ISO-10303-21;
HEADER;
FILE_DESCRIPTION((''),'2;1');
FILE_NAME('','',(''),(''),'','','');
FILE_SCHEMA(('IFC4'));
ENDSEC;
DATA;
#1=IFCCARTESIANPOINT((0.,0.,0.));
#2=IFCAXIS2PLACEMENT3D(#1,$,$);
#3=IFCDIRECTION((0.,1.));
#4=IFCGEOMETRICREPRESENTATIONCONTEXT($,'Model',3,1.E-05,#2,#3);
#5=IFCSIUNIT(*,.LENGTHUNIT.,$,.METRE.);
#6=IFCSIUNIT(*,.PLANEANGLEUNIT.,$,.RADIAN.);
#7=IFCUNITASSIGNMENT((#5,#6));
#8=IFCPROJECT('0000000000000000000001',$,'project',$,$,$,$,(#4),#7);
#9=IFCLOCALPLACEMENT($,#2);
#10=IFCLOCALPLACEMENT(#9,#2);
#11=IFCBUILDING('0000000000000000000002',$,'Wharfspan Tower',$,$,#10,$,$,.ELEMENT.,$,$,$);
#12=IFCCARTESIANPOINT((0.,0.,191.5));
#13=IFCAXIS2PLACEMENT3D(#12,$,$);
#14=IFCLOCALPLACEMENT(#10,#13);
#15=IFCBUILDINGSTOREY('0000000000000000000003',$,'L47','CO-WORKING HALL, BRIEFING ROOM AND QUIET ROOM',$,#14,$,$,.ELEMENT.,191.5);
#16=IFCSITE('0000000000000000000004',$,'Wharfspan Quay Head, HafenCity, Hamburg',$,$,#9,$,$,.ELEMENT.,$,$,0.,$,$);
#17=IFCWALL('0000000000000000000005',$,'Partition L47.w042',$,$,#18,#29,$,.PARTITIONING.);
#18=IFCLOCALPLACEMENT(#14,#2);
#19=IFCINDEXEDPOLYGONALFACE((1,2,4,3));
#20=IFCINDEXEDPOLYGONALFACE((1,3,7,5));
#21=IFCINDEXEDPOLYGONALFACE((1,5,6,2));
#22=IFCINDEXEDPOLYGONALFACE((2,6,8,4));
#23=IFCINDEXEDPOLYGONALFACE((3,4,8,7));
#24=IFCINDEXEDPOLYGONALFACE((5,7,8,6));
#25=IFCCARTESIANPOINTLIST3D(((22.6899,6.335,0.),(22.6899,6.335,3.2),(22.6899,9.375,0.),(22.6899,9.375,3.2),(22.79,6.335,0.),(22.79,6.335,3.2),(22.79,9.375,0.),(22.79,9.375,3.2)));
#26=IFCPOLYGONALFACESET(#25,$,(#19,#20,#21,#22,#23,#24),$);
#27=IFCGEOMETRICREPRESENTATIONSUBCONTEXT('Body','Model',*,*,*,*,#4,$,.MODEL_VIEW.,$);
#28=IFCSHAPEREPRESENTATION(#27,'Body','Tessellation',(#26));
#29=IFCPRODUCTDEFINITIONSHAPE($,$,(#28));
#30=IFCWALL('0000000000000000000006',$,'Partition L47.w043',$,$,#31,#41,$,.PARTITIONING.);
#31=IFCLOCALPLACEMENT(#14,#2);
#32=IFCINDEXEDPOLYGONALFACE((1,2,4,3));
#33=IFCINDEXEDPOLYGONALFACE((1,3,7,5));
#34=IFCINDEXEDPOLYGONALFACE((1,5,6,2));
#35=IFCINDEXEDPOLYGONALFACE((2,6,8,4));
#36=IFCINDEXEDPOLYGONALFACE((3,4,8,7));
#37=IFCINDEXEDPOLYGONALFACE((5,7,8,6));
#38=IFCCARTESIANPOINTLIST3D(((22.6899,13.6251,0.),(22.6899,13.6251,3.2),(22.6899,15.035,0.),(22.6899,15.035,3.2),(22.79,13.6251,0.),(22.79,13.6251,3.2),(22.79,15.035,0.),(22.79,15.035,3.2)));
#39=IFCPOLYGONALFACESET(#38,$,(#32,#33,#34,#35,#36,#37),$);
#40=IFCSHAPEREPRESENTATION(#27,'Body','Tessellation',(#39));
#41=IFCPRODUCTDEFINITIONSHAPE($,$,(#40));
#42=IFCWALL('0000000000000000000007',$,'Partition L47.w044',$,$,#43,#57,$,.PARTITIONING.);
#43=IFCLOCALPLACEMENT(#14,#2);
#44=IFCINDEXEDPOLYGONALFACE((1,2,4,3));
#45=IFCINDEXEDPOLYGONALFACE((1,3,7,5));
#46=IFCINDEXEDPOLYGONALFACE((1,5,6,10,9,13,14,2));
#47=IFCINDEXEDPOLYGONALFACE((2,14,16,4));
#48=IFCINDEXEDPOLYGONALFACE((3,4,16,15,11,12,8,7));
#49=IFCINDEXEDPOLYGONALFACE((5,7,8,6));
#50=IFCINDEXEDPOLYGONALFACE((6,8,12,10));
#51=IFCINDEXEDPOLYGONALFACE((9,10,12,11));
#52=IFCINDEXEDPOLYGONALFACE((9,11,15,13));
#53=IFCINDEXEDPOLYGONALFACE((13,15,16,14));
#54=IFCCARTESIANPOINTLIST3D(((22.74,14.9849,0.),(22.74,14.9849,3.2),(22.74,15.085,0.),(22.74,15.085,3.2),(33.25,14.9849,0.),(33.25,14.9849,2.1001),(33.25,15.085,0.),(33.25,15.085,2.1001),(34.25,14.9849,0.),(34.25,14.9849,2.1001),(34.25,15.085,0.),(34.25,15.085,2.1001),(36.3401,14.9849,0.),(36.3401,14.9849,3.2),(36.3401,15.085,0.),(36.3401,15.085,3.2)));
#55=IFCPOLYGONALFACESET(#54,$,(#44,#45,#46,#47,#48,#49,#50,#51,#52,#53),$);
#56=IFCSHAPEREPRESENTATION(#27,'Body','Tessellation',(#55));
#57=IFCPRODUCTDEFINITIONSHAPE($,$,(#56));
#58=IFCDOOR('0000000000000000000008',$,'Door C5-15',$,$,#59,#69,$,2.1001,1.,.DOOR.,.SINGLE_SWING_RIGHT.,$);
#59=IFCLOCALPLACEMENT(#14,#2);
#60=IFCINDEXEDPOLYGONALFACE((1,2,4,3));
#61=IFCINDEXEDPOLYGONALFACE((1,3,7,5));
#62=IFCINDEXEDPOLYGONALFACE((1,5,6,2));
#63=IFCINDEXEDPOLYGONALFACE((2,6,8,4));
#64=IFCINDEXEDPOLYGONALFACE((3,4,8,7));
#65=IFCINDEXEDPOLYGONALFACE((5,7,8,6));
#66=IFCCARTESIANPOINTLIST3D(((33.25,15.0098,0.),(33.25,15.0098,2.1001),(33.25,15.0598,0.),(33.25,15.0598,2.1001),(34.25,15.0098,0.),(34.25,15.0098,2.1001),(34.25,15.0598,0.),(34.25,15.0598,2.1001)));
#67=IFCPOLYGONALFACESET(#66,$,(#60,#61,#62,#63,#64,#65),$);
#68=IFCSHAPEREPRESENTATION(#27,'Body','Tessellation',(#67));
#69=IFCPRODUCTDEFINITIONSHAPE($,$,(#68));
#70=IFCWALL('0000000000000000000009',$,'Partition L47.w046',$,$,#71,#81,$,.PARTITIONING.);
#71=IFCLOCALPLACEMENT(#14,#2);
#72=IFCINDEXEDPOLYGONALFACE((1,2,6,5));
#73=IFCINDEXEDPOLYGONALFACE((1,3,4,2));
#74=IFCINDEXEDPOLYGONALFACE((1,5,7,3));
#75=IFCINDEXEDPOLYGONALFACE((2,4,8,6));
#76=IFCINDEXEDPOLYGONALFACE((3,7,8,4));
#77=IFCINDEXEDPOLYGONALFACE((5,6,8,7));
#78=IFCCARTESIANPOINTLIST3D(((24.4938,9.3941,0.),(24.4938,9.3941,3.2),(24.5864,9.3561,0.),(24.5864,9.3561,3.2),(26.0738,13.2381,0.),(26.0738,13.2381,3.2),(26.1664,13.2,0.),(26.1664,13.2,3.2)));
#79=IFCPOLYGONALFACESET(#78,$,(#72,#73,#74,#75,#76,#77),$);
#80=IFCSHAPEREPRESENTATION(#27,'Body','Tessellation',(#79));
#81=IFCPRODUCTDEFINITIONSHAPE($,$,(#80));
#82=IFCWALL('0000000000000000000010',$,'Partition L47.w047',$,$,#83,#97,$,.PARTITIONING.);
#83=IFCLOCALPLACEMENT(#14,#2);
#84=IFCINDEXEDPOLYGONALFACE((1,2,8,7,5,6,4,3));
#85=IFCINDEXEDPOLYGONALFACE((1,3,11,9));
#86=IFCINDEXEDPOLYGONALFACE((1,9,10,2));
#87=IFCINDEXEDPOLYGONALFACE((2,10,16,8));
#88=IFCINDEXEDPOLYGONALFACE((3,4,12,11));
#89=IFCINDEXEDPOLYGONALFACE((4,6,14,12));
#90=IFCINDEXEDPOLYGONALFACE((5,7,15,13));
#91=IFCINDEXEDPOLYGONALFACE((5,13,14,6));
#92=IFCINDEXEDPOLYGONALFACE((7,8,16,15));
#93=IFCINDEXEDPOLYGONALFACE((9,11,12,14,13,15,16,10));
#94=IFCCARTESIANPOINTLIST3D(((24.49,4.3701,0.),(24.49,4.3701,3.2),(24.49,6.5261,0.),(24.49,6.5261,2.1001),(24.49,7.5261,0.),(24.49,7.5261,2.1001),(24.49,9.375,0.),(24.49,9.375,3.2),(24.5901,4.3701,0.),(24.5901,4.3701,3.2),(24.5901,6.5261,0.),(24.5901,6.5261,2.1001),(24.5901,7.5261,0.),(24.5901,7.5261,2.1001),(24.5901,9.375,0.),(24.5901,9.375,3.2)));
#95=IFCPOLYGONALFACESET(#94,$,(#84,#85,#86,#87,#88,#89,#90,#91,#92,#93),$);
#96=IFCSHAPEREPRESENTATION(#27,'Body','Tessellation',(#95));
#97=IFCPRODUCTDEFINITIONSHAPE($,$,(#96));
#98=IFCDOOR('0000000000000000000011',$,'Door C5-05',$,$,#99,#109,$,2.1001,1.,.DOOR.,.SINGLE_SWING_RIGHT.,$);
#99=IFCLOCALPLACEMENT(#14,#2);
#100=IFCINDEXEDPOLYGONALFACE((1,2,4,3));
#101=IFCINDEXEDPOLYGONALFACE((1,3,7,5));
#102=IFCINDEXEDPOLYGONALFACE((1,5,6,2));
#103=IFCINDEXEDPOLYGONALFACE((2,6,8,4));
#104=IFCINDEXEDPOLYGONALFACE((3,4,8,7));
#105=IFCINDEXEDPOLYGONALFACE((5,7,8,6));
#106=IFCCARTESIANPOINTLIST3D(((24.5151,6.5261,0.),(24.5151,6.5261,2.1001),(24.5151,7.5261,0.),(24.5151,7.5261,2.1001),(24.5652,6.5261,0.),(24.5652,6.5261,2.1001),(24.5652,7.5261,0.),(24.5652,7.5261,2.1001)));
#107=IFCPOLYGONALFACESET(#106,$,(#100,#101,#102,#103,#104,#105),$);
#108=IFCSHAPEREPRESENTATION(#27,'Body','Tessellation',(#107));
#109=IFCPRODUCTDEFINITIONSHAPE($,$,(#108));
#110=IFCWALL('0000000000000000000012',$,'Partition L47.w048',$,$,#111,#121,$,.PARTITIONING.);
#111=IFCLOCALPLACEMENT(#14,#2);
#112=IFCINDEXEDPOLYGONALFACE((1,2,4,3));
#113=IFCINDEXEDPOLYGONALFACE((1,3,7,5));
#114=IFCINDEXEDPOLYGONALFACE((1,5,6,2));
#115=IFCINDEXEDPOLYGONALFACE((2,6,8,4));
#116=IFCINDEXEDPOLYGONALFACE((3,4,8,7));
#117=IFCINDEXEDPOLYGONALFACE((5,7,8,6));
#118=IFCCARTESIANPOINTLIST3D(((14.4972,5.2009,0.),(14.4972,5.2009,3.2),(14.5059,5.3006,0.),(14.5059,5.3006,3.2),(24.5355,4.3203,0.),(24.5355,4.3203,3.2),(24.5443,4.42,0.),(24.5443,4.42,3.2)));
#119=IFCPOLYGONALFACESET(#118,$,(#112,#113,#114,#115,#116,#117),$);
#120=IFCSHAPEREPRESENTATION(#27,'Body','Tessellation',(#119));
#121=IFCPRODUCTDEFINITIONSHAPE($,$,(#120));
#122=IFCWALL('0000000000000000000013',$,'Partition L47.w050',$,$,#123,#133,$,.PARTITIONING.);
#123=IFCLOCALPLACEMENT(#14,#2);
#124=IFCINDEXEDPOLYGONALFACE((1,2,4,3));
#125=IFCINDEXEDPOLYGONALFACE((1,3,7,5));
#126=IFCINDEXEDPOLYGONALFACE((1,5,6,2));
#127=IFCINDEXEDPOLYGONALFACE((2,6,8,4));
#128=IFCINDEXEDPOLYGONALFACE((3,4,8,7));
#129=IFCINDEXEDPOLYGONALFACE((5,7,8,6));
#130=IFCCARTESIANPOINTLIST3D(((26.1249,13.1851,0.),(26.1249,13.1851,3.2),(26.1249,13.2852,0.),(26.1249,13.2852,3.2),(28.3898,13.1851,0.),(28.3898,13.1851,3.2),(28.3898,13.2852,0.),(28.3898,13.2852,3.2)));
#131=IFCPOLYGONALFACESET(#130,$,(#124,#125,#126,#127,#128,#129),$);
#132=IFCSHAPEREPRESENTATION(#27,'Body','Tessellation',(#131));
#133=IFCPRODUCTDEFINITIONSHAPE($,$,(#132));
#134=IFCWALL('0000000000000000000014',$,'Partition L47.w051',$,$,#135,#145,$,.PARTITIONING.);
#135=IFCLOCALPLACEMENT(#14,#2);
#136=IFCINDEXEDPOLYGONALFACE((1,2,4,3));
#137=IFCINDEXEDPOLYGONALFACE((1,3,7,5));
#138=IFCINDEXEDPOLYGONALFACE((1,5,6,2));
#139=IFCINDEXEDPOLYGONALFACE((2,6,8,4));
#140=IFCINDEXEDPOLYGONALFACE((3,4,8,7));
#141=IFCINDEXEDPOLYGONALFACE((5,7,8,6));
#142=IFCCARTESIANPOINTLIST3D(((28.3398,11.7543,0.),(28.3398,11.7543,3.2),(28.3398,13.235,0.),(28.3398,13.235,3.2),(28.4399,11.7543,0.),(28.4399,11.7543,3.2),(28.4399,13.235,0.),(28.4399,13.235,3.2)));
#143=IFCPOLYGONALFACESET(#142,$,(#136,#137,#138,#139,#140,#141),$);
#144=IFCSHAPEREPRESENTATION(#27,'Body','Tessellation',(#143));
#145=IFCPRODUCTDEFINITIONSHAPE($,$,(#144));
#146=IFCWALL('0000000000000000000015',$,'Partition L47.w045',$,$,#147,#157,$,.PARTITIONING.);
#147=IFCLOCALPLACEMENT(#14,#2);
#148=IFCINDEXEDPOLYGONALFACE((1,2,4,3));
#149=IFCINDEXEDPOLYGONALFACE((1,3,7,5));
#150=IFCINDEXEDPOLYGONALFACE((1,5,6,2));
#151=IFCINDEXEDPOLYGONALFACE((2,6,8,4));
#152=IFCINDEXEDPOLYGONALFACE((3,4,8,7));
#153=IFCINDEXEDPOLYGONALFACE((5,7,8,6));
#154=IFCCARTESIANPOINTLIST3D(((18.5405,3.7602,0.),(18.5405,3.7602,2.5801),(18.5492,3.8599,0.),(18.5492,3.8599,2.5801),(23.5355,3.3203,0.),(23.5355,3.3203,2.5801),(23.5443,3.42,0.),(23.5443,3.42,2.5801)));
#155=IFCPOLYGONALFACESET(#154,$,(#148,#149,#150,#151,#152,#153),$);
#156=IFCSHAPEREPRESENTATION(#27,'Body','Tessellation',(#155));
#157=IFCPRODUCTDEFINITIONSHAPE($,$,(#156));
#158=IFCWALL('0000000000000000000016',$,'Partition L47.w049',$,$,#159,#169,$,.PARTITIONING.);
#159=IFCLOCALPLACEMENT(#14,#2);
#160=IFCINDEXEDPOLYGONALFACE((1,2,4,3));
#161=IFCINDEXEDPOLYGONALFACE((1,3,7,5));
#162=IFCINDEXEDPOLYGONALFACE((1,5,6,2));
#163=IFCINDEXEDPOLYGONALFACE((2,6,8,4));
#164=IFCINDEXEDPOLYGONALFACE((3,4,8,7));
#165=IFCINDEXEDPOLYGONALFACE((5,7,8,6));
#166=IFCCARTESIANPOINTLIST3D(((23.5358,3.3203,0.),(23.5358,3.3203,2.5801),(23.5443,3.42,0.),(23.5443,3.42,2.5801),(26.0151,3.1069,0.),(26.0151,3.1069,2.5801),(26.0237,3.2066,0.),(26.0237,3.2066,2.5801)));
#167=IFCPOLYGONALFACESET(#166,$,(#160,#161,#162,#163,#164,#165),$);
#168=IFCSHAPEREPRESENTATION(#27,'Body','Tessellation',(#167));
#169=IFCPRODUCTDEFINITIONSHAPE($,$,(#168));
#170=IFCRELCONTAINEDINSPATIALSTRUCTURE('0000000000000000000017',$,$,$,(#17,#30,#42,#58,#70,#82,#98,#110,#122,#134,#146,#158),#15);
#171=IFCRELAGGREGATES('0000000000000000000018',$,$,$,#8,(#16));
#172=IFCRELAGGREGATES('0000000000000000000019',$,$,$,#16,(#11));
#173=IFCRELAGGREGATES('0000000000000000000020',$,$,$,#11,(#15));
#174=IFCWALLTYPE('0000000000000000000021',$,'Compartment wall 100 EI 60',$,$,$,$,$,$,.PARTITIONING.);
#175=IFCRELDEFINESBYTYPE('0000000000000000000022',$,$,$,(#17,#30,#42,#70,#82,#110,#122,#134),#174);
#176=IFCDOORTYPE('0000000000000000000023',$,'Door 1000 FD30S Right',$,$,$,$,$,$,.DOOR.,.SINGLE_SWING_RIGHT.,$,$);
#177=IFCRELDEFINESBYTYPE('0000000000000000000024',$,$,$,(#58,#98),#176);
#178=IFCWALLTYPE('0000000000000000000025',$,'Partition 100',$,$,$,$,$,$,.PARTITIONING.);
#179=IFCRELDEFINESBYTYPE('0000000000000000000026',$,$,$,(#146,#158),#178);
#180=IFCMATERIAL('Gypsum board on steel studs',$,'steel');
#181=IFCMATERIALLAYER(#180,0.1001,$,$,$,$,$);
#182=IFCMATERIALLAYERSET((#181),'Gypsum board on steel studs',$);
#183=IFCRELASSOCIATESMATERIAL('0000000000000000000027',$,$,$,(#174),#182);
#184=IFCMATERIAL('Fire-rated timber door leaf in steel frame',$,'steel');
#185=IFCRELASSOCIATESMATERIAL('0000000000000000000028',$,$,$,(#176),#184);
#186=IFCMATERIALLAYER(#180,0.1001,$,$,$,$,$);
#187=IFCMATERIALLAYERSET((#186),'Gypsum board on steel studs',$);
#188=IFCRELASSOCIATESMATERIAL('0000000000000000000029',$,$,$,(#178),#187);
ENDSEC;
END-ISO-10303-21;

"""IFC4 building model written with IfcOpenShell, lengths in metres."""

from ifc_helpers import new_model, si_unit, direction, frame, frame_2d, origin, place, context, subcontext, project, spatial, rectangle, extrude, material, layer, layer_set, type_object, element, fill, save


model = new_model("IFC4")

# Units and contexts
model_context = context("Model", 3, precision=1e-05, world=origin(), true_north=direction((0.0, 1.0)))
body_context = subcontext(model_context, "Body", "Model", "MODEL_VIEW")
ifc_project = project(units=[si_unit("LENGTHUNIT", "METRE"), si_unit("PLANEANGLEUNIT", "RADIAN")], contexts=[model_context])

# Site, building, storey
site_placement = place(None, origin())
site = spatial("IfcSite", under=ifc_project, at=site_placement, Name="Wharfspan Quay Head, HafenCity, Hamburg", CompositionType="ELEMENT", RefElevation=0.0)
building_placement = place(site_placement, origin())
building = spatial("IfcBuilding", under=site, at=building_placement, Name="Wharfspan Tower", CompositionType="ELEMENT")
storey_placement = place(building_placement, frame((0.0, 0.0, 191.5)))
storey = spatial("IfcBuildingStorey", under=building, at=storey_placement, Name="L47", Description="CO-WORKING HALL, BRIEFING ROOM AND QUIET ROOM", CompositionType="ELEMENT", Elevation=191.5)

# Shared definitions
ifc_material_1 = material(Name="Gypsum board on steel studs", Category="steel")
ifc_layer_1 = layer(ifc_material_1, 0.1001)
ifc_layer_set_1 = layer_set([ifc_layer_1], Name="Gypsum board on steel studs")
wall_type_1 = type_object("IfcWallType", Name="Compartment wall 100 EI 60", PredefinedType="PARTITIONING", material=ifc_layer_set_1)

# Shared definitions
ifc_material_2 = material(Name="Fire-rated timber door leaf in steel frame", Category="steel")
door_type_1 = type_object("IfcDoorType", Name="Door 1000 FD30S Right", OperationType="SINGLE_SWING_RIGHT", PredefinedType="DOOR", material=ifc_material_2)

# Walls
wall_1_placement = place(storey_placement, frame((22.74, 6.335, 0.0), z_axis=(0.0, 0.0, 1.0), x_axis=(0.0, 1.0, 0.0)))
element("IfcWall", 1, at=wall_1_placement, inside=storey, type_object=wall_type_1, Name="Partition L47.w042", PredefinedType="PARTITIONING", context=body_context, shape_type="SweptSolid", body=[
    extrude(rectangle(XDim=3.04, YDim=0.1001, at=frame_2d((1.52, 0.0))), origin(), (0.0, 0.0, 1.0), 3.2),
])
wall_2_placement = place(storey_placement, frame((22.74, 13.625, 0.0), z_axis=(0.0, 0.0, 1.0), x_axis=(0.0, 1.0, 0.0)))
element("IfcWall", 2, at=wall_2_placement, inside=storey, type_object=wall_type_1, Name="Partition L47.w043", PredefinedType="PARTITIONING", context=body_context, shape_type="SweptSolid", body=[
    extrude(rectangle(XDim=1.4099, YDim=0.1001, at=frame_2d((0.7051, 0.0))), origin(), (0.0, 0.0, 1.0), 3.2),
])

# Wall, opening, door
wall_3_placement = place(storey_placement, frame((22.74, 15.0349, 0.0), z_axis=(0.0, 0.0, 1.0), x_axis=(1.0, 0.0, 0.0)))
wall_3 = element("IfcWall", 3, at=wall_3_placement, inside=storey, type_object=wall_type_1, Name="Partition L47.w044", PredefinedType="PARTITIONING", context=body_context, shape_type="SweptSolid", body=[
    extrude(rectangle(XDim=13.6001, YDim=0.1001, at=frame_2d((6.8, 0.0))), origin(), (0.0, 0.0, 1.0), 3.2),
])
opening_1_placement = place(wall_3_placement, frame((10.51, 0.0, 0.0)))
opening_1 = element("IfcOpeningElement", 4, at=opening_1_placement, cuts=wall_3, PredefinedType="OPENING", context=body_context, shape_type="SweptSolid", body=[
    extrude(rectangle(XDim=1.0, YDim=2.1001, at=frame_2d((0.5, 1.05))), frame((0.0, 0.0601, 0.0), z_axis=(0.0, -1.0, 0.0), x_axis=(1.0, 0.0, 0.0)), (0.0, 0.0, 1.0), 0.1201),
])
door_1_placement = place(opening_1_placement, origin())
door_1 = element("IfcDoor", 5, at=door_1_placement, inside=storey, type_object=door_type_1, Name="Door C5-15", OperationType="SINGLE_SWING_RIGHT", OverallHeight=2.1001, OverallWidth=1.0, PredefinedType="DOOR", context=body_context, shape_type="SweptSolid", body=[
    extrude(rectangle(XDim=1.0, YDim=2.1001, at=frame_2d((0.5, 1.05))), frame((0.0, 0.0249, 0.0), z_axis=(0.0, -1.0, 0.0), x_axis=(1.0, 0.0, 0.0)), (0.0, 0.0, 1.0), 0.05),
])
fill(opening_1, door_1)

# Wall
wall_4_placement = place(storey_placement, frame((24.54, 9.375, 0.0), z_axis=(0.0, 0.0, 1.0), x_axis=(0.380187, 0.924914, 0.0)))
element("IfcWall", 6, at=wall_4_placement, inside=storey, type_object=wall_type_1, Name="Partition L47.w046", PredefinedType="PARTITIONING", context=body_context, shape_type="SweptSolid", body=[
    extrude(rectangle(XDim=4.156, YDim=0.1001, at=frame_2d((2.0781, 0.0))), origin(), (0.0, 0.0, 1.0), 3.2),
])

# Wall, opening, door
wall_5_placement = place(storey_placement, frame((24.54, 4.3701, 0.0), z_axis=(0.0, 0.0, 1.0), x_axis=(0.0, 1.0, 0.0)))
wall_5 = element("IfcWall", 7, at=wall_5_placement, inside=storey, type_object=wall_type_1, Name="Partition L47.w047", PredefinedType="PARTITIONING", context=body_context, shape_type="SweptSolid", body=[
    extrude(rectangle(XDim=5.0049, YDim=0.1001, at=frame_2d((2.5024, 0.0))), origin(), (0.0, 0.0, 1.0), 3.2),
])
opening_2_placement = place(wall_5_placement, frame((2.156, 0.0, 0.0)))
opening_2 = element("IfcOpeningElement", 8, at=opening_2_placement, cuts=wall_5, PredefinedType="OPENING", context=body_context, shape_type="SweptSolid", body=[
    extrude(rectangle(XDim=1.0, YDim=2.1001, at=frame_2d((0.5, 1.05))), frame((0.0, 0.0601, 0.0), z_axis=(0.0, -1.0, 0.0), x_axis=(1.0, 0.0, 0.0)), (0.0, 0.0, 1.0), 0.1201),
])
door_2_placement = place(opening_2_placement, origin())
door_2 = element("IfcDoor", 9, at=door_2_placement, inside=storey, type_object=door_type_1, Name="Door C5-05", OperationType="SINGLE_SWING_RIGHT", OverallHeight=2.1001, OverallWidth=1.0, PredefinedType="DOOR", context=body_context, shape_type="SweptSolid", body=[
    extrude(rectangle(XDim=1.0, YDim=2.1001, at=frame_2d((0.5, 1.05))), frame((0.0, 0.0249, 0.0), z_axis=(0.0, -1.0, 0.0), x_axis=(1.0, 0.0, 0.0)), (0.0, 0.0, 1.0), 0.05),
])
fill(opening_2, door_2)

# Walls
wall_6_placement = place(storey_placement, frame((24.54, 4.3701, 0.0), z_axis=(0.0, 0.0, 1.0), x_axis=(-0.996178, 0.08739, 0.0)))
element("IfcWall", 10, at=wall_6_placement, inside=storey, type_object=wall_type_1, Name="Partition L47.w048", PredefinedType="PARTITIONING", context=body_context, shape_type="SweptSolid", body=[
    extrude(rectangle(XDim=10.0769, YDim=0.1001, at=frame_2d((5.0386, 0.0))), origin(), (0.0, 0.0, 1.0), 3.2),
])
wall_7_placement = place(storey_placement, frame((26.125, 13.2351, 0.0), z_axis=(0.0, 0.0, 1.0), x_axis=(1.0, 0.0, 0.0)))
element("IfcWall", 11, at=wall_7_placement, inside=storey, type_object=wall_type_1, Name="Partition L47.w050", PredefinedType="PARTITIONING", context=body_context, shape_type="SweptSolid", body=[
    extrude(rectangle(XDim=2.2649, YDim=0.1001, at=frame_2d((1.1323, 0.0))), origin(), (0.0, 0.0, 1.0), 3.2),
])
wall_8_placement = place(storey_placement, frame((28.3899, 11.7544, 0.0), z_axis=(0.0, 0.0, 1.0), x_axis=(0.0, 1.0, 0.0)))
element("IfcWall", 12, at=wall_8_placement, inside=storey, type_object=wall_type_1, Name="Partition L47.w051", PredefinedType="PARTITIONING", context=body_context, shape_type="SweptSolid", body=[
    extrude(rectangle(XDim=1.4807, YDim=0.1001, at=frame_2d((0.7402, 0.0))), origin(), (0.0, 0.0, 1.0), 3.2),
])
ifc_layer_2 = layer(ifc_material_1, 0.1001)
ifc_layer_set_2 = layer_set([ifc_layer_2], Name="Gypsum board on steel studs")
wall_type_2 = type_object("IfcWallType", Name="Partition 100", PredefinedType="PARTITIONING", material=ifc_layer_set_2)
wall_9_placement = place(storey_placement, frame((23.54, 3.3701, 0.0), z_axis=(0.0, 0.0, 1.0), x_axis=(-0.996148, 0.087735, 0.0)))
element("IfcWall", 13, at=wall_9_placement, inside=storey, type_object=wall_type_2, Name="Partition L47.w045", PredefinedType="PARTITIONING", context=body_context, shape_type="SweptSolid", body=[
    extrude(rectangle(XDim=5.0144, YDim=0.1001, at=frame_2d((2.5073, 0.0))), origin(), (0.0, 0.0, 1.0), 2.5801),
])
wall_10_placement = place(storey_placement, frame((26.0193, 3.1567, 0.0), z_axis=(0.0, 0.0, 1.0), x_axis=(-0.996317, 0.085749, 0.0)))
element("IfcWall", 14, at=wall_10_placement, inside=storey, type_object=wall_type_2, Name="Partition L47.w049", PredefinedType="PARTITIONING", context=body_context, shape_type="SweptSolid", body=[
    extrude(rectangle(XDim=2.4885, YDim=0.1001, at=frame_2d((1.2441, 0.0))), origin(), (0.0, 0.0, 1.0), 2.5801),
])

save(model, "model.ifc")
